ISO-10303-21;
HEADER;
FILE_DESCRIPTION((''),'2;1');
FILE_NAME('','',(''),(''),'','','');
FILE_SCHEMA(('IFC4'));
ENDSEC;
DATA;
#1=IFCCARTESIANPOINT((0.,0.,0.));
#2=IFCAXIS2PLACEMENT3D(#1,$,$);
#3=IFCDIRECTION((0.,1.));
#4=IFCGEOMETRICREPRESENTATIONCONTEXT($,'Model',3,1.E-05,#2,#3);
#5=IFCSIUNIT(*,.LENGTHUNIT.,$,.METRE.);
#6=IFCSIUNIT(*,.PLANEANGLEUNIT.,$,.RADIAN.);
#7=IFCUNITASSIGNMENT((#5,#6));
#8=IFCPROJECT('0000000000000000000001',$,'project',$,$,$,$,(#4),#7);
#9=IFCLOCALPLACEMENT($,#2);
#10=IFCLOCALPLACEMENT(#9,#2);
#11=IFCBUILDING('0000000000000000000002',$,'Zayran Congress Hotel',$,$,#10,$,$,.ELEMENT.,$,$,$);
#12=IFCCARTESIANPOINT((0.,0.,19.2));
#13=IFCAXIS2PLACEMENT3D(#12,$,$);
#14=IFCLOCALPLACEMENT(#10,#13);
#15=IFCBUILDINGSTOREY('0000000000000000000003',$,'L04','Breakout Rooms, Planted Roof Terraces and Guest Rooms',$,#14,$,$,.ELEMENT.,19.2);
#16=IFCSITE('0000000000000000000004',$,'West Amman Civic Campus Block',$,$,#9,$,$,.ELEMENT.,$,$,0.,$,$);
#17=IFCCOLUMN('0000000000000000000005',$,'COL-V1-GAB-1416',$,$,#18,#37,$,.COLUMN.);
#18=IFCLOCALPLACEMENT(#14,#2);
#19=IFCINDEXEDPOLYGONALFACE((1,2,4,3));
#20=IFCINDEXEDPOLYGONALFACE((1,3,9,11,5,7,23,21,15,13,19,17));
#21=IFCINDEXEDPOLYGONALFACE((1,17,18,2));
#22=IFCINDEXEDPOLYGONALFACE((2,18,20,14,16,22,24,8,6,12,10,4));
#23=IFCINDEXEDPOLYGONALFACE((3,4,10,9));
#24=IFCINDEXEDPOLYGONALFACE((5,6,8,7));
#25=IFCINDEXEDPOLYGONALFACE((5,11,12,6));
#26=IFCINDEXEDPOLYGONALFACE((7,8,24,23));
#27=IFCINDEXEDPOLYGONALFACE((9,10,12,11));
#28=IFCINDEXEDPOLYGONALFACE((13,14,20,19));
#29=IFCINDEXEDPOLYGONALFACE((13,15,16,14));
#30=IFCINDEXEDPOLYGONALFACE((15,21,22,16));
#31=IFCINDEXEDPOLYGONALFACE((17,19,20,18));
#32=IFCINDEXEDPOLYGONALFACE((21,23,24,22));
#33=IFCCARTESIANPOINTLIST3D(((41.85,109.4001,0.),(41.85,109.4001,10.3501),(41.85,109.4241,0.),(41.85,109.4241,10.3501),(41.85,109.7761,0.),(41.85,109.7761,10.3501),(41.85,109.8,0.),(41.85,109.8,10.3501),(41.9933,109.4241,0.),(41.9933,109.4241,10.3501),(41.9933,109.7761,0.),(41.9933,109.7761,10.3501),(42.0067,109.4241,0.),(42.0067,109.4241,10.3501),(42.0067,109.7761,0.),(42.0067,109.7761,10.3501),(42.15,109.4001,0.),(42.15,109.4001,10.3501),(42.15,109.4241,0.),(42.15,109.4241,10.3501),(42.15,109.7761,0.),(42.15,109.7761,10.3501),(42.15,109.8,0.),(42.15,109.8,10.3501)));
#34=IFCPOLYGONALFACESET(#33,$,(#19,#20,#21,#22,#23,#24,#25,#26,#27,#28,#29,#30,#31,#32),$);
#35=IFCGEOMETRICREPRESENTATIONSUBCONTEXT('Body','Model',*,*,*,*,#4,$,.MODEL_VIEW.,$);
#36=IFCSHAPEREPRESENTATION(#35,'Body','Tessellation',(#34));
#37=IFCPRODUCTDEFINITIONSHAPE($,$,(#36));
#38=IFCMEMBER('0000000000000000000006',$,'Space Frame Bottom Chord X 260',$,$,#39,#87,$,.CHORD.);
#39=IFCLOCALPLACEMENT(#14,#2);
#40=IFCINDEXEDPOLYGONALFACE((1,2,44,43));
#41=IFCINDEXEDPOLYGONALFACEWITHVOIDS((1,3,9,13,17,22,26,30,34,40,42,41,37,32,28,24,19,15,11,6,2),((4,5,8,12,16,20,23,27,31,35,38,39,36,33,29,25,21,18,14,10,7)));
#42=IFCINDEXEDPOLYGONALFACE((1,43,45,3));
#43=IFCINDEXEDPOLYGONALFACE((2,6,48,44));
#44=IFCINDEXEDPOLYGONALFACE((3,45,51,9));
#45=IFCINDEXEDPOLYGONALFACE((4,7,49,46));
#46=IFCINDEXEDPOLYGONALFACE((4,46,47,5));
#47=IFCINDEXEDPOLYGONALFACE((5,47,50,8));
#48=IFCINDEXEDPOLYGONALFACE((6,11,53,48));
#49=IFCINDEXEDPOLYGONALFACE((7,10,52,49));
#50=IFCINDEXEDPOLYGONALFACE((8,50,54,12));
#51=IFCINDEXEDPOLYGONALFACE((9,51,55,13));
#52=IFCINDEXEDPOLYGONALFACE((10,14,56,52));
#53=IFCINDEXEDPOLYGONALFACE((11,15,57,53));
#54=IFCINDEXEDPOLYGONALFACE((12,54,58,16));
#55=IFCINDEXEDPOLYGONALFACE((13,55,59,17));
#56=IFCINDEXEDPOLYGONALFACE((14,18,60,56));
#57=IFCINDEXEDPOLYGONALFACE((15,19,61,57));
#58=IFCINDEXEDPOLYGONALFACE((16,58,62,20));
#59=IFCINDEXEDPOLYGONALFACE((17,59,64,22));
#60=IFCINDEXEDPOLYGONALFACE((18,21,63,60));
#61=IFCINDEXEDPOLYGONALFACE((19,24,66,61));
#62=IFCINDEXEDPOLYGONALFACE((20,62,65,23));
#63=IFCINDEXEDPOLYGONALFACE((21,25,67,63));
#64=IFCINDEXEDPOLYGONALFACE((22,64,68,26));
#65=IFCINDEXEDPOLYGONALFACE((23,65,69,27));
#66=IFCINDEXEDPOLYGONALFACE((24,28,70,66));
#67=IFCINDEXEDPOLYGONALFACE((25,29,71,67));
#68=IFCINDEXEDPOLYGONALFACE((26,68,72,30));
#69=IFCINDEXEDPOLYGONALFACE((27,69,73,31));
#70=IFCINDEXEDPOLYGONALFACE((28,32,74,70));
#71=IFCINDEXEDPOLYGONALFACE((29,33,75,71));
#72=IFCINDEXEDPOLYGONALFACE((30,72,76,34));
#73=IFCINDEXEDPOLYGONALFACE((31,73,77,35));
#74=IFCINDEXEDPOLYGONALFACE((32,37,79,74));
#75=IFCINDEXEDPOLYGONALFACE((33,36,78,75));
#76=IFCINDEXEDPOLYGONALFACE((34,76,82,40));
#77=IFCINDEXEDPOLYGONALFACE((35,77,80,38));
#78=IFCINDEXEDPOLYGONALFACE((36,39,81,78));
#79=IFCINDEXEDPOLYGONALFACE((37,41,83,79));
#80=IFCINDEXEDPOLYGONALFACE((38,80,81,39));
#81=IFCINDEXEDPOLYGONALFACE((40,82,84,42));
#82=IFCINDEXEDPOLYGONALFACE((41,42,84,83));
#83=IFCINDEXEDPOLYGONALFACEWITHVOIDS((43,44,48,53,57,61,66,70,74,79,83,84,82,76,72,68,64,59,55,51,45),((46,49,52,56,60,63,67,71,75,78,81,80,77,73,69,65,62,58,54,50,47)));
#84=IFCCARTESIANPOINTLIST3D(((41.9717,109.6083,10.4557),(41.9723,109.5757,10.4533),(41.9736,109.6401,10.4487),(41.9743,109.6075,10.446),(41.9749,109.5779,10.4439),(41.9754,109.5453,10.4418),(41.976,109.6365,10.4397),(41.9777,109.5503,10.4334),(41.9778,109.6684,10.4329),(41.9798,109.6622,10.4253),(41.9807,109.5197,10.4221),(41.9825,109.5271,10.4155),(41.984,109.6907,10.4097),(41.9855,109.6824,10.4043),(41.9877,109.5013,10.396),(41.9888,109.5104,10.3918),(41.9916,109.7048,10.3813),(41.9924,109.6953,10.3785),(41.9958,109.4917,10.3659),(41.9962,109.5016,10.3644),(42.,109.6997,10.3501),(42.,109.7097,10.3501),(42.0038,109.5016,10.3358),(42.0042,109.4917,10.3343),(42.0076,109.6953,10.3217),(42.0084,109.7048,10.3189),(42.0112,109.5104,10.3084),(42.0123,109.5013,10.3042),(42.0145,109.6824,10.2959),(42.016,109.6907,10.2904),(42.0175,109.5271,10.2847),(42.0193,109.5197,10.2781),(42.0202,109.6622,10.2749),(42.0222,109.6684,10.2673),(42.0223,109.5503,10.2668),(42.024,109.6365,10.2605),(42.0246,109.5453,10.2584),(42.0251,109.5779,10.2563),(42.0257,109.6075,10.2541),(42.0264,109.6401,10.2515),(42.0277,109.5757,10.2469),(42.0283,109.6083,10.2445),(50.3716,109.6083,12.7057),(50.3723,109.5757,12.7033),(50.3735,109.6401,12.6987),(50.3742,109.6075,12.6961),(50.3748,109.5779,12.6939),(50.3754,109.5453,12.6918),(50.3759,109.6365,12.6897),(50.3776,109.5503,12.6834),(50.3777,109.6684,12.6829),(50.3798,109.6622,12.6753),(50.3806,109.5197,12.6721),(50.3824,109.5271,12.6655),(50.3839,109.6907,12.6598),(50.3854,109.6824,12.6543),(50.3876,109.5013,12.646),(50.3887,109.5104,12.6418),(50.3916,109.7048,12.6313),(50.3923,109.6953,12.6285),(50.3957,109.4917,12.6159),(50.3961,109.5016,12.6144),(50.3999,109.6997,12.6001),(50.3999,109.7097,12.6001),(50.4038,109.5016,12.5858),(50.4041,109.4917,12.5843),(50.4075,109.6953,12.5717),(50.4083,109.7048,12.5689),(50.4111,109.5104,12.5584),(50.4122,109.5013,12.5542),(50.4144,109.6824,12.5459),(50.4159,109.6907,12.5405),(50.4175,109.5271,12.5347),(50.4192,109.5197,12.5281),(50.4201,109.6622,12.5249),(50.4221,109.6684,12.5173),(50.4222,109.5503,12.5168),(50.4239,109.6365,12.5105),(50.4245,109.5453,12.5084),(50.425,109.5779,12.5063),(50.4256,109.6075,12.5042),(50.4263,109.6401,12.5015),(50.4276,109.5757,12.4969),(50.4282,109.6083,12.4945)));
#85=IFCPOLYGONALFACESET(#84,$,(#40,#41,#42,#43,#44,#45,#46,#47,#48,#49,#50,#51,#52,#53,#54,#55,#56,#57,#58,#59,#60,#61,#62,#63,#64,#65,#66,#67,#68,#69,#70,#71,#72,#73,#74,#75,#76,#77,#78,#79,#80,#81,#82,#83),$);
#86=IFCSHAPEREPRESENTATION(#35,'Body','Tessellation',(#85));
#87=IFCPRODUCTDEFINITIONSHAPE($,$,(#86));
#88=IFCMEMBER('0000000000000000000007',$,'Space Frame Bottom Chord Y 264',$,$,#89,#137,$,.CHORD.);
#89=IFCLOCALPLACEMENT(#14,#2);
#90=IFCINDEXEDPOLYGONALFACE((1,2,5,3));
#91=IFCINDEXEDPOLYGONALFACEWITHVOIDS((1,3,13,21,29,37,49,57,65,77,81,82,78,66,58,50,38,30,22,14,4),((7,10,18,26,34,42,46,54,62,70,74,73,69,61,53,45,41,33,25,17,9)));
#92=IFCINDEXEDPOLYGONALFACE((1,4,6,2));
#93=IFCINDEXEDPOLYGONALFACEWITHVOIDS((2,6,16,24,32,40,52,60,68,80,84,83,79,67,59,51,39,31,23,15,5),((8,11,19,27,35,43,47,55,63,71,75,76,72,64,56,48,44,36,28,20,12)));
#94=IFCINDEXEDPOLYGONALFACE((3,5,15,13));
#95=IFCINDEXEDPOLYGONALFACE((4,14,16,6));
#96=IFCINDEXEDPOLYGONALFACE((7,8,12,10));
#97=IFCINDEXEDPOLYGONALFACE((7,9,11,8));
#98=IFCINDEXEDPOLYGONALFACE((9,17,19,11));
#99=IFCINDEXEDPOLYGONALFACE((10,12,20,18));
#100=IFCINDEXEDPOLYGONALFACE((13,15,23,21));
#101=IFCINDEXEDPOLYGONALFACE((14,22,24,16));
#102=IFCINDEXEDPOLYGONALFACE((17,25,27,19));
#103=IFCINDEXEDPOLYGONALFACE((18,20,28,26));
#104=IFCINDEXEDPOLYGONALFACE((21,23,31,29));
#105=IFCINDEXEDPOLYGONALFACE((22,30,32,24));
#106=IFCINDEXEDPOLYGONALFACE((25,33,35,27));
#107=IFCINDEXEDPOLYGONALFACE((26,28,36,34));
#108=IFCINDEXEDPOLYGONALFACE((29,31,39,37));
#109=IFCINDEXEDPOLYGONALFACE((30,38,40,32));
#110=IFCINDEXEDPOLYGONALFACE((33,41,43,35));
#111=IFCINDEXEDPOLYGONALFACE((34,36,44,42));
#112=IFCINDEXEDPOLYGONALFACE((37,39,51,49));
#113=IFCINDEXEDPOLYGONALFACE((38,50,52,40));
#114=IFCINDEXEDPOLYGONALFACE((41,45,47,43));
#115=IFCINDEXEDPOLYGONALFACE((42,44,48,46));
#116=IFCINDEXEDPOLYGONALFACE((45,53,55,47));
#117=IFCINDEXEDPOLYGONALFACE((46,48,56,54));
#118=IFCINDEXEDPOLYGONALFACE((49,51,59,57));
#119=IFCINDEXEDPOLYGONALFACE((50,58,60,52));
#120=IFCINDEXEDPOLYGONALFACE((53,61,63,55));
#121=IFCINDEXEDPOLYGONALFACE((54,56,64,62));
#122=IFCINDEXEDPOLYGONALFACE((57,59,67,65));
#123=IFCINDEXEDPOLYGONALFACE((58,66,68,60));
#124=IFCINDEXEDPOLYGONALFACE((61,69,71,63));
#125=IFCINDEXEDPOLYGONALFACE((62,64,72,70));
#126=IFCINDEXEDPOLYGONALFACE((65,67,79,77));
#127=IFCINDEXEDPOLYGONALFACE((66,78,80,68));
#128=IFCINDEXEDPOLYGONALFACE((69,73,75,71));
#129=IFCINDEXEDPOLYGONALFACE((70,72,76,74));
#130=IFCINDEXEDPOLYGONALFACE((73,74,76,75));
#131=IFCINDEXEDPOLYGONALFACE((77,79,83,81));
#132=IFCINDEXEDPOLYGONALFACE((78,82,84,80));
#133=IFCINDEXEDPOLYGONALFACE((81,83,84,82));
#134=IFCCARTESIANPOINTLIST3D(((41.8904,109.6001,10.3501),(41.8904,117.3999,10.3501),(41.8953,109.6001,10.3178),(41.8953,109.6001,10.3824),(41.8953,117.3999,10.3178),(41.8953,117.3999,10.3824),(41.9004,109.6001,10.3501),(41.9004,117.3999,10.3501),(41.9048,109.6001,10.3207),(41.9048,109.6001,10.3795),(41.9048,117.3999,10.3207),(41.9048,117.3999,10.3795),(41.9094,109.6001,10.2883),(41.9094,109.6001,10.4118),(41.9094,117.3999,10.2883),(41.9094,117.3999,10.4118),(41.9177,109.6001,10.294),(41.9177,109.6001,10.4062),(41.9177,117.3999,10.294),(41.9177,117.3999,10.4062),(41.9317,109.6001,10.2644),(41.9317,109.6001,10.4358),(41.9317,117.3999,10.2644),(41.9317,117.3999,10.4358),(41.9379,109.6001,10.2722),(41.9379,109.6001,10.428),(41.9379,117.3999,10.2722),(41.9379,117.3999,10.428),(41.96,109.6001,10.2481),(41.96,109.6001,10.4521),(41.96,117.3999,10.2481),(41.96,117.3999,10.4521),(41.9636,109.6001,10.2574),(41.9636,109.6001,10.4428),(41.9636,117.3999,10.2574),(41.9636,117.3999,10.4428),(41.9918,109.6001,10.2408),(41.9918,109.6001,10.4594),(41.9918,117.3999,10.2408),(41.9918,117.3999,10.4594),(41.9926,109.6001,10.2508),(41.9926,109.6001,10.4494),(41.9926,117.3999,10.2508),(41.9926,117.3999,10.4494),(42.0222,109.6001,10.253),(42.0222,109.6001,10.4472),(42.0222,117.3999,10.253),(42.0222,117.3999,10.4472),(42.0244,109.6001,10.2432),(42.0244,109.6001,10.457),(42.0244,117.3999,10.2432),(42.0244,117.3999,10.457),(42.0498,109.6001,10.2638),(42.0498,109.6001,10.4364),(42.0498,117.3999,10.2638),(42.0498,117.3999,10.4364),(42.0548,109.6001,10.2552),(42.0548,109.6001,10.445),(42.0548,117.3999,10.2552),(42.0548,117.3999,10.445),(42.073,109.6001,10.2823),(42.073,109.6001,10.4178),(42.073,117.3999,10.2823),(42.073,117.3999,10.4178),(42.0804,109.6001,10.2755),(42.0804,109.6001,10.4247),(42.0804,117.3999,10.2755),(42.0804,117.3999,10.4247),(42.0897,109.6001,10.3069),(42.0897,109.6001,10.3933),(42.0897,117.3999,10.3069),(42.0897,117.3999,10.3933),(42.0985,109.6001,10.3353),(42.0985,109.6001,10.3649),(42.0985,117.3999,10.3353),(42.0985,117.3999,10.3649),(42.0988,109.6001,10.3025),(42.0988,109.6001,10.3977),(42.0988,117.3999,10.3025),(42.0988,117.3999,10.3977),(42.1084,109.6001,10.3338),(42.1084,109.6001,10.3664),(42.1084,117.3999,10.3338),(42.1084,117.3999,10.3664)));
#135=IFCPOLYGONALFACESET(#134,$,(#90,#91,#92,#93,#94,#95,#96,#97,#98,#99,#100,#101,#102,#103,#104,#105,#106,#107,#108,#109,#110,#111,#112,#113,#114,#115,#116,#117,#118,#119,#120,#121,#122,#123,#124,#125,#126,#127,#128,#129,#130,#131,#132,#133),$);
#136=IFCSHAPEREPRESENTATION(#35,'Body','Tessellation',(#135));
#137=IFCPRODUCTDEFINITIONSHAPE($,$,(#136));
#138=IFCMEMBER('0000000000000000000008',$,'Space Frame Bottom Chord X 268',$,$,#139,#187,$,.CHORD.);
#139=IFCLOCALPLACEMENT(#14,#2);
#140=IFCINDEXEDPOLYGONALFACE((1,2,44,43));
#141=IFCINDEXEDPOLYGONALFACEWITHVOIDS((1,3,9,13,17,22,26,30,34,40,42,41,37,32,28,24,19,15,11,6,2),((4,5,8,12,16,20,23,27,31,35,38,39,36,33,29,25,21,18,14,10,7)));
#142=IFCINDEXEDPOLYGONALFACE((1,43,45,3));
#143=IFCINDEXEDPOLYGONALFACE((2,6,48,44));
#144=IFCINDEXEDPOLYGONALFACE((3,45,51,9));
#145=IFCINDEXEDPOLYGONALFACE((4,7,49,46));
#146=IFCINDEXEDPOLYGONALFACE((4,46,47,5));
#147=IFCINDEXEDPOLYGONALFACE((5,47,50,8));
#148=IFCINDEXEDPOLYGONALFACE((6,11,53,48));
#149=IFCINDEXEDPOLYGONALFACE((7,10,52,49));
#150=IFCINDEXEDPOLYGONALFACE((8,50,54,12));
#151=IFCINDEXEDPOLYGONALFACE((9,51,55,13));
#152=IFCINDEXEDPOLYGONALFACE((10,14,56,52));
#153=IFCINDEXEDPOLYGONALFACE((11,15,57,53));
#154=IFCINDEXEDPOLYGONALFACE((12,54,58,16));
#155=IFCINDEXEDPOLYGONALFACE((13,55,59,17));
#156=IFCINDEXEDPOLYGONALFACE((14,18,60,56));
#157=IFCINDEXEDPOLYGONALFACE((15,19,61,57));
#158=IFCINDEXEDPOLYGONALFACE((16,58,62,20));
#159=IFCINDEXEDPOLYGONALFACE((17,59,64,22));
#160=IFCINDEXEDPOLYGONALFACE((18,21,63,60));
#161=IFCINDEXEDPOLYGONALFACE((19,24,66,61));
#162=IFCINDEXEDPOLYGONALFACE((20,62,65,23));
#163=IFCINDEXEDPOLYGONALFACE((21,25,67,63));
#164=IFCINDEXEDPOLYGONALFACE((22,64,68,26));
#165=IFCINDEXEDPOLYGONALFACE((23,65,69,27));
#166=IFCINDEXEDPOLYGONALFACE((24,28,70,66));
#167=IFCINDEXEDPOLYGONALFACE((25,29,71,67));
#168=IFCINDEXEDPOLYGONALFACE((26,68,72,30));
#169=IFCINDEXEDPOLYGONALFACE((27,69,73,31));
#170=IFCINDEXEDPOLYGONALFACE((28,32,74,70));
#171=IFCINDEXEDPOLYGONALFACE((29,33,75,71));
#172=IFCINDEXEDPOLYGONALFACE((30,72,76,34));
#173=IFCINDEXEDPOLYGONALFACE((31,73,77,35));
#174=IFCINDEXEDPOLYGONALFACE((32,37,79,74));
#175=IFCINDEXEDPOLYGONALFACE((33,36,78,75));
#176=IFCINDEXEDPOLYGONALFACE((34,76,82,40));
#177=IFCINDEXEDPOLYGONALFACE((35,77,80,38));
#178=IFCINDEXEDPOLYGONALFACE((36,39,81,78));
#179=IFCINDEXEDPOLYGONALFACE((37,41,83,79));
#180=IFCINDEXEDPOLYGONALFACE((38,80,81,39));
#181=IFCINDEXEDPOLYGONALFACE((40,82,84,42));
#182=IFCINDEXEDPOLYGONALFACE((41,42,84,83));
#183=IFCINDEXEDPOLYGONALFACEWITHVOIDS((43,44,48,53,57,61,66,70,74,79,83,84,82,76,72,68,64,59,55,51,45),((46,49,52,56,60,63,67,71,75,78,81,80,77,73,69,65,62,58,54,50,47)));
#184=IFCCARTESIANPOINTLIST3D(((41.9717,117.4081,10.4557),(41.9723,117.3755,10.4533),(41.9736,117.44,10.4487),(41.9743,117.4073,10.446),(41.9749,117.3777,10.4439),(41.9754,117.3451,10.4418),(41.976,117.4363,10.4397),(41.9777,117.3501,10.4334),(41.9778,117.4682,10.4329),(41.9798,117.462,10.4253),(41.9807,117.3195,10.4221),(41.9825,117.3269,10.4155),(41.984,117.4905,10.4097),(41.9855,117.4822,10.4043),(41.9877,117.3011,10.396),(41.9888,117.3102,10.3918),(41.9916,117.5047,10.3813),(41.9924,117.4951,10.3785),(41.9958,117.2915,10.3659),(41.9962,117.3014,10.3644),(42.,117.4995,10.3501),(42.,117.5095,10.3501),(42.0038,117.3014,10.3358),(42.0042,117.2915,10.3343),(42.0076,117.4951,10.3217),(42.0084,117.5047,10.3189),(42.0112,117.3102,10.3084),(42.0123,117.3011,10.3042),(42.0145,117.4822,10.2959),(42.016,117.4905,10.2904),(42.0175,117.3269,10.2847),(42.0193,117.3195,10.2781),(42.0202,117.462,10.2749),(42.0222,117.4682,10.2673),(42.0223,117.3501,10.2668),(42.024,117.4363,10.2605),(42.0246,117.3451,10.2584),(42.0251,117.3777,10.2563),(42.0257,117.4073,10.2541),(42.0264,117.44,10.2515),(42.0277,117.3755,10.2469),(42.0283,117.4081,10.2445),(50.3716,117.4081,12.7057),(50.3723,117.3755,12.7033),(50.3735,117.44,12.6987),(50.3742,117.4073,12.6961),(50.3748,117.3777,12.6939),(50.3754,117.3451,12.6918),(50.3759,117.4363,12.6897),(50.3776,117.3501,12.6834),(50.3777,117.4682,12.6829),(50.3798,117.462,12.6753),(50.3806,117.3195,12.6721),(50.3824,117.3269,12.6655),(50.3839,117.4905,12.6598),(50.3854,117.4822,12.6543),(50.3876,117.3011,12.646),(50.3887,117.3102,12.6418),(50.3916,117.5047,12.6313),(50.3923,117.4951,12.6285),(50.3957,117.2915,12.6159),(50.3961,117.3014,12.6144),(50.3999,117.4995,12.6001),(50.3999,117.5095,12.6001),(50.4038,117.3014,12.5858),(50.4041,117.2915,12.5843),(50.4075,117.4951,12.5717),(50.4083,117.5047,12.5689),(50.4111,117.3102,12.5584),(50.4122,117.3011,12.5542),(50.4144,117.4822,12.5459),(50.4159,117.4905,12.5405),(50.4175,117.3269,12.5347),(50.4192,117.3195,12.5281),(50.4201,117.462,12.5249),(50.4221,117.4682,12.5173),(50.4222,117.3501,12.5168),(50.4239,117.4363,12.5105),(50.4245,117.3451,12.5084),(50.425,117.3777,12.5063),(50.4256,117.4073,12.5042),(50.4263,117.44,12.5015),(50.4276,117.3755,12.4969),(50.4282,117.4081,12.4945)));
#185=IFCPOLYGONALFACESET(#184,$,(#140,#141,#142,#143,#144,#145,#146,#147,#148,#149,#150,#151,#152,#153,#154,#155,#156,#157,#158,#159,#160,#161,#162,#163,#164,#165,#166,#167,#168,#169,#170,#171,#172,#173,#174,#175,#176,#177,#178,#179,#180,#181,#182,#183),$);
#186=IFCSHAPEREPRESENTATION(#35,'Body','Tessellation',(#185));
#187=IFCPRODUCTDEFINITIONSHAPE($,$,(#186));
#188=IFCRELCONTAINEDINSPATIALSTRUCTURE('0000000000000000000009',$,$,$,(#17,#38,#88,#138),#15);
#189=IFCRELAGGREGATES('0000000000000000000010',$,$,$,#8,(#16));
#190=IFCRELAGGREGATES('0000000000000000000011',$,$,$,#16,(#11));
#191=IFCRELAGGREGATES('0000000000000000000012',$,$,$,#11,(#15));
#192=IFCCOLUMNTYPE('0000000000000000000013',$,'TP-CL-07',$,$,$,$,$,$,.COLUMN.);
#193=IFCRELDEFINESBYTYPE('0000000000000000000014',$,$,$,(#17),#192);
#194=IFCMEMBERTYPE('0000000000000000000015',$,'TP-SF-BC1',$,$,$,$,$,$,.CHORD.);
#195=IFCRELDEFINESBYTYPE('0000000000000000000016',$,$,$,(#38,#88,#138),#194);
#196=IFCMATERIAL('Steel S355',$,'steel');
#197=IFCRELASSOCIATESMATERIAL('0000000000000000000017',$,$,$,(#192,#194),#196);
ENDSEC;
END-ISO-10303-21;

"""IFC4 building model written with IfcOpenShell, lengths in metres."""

from ifc_helpers import new_model, si_unit, direction, frame, origin, origin_2d, place, context, subcontext, project, spatial, hollow_circle, i_section, extrude, material, material_profile, profile_set, type_object, element, save


model = new_model("IFC4")

# Units and contexts
model_context = context("Model", 3, precision=1e-05, world=origin(), true_north=direction((0.0, 1.0)))
body_context = subcontext(model_context, "Body", "Model", "MODEL_VIEW")
ifc_project = project(units=[si_unit("LENGTHUNIT", "METRE"), si_unit("PLANEANGLEUNIT", "RADIAN")], contexts=[model_context])

# Site, building, storey
site_placement = place(None, origin())
site = spatial("IfcSite", under=ifc_project, at=site_placement, Name="West Amman Civic Campus Block", CompositionType="ELEMENT", RefElevation=0.0)
building_placement = place(site_placement, origin())
building = spatial("IfcBuilding", under=site, at=building_placement, Name="Zayran Congress Hotel", CompositionType="ELEMENT")
storey_placement = place(building_placement, frame((0.0, 0.0, 19.2)))
storey = spatial("IfcBuildingStorey", under=building, at=storey_placement, Name="L04", Description="Breakout Rooms, Planted Roof Terraces and Guest Rooms", CompositionType="ELEMENT", Elevation=19.2)

# Column
ifc_material_1 = material(Name="Steel S355", Category="steel")
ifc_material_profile_1 = material_profile(ifc_material_1, i_section(OverallWidth=0.3, OverallDepth=0.3999, WebThickness=0.0134, FlangeThickness=0.0239, at=origin_2d()), Name="HEB 400")
ifc_profile_set_1 = profile_set([ifc_material_profile_1], Name="Steel S355")
column_type = type_object("IfcColumnType", Name="TP-CL-07", PredefinedType="COLUMN", material=ifc_profile_set_1)
column_placement = place(storey_placement, frame((42.0, 109.6001, 0.0), z_axis=(0.0, 0.0, 1.0), x_axis=(1.0, 0.0, 0.0)))
element("IfcColumn", 1, at=column_placement, inside=storey, type_object=column_type, Name="COL-V1-GAB-1416", PredefinedType="COLUMN", context=body_context, shape_type="SweptSolid", body=[
    extrude(i_section(OverallWidth=0.3, OverallDepth=0.3999, WebThickness=0.0134, FlangeThickness=0.0239, at=origin_2d()), origin(), (0.0, 0.0, 1.0), 10.3501),
])

# Members
ifc_material_profile_2 = material_profile(ifc_material_1, hollow_circle(Radius=0.1096, WallThickness=0.01, at=origin_2d()), Name="CHS 219.1x10")
ifc_profile_set_2 = profile_set([ifc_material_profile_2], Name="Steel S355")
member_type_1 = type_object("IfcMemberType", Name="TP-SF-BC1", PredefinedType="CHORD", material=ifc_profile_set_2)
member_1_placement = place(storey_placement, frame((42.0, 109.6001, 10.3501), z_axis=(0.965947, 0.0, 0.258739), x_axis=(0.0, 1.0, 0.0)))
element("IfcMember", 2, at=member_1_placement, inside=storey, type_object=member_type_1, Name="Space Frame Bottom Chord X 260", PredefinedType="CHORD", context=body_context, shape_type="SweptSolid", body=[
    extrude(hollow_circle(Radius=0.1096, WallThickness=0.01, at=origin_2d()), origin(), (0.0, 0.0, 1.0), 8.696),
])
member_2_placement = place(storey_placement, frame((42.0, 109.6001, 10.3501), z_axis=(0.0, 1.0, 0.0), x_axis=(-1.0, 0.0, 0.0)))
element("IfcMember", 3, at=member_2_placement, inside=storey, type_object=member_type_1, Name="Space Frame Bottom Chord Y 264", PredefinedType="CHORD", context=body_context, shape_type="SweptSolid", body=[
    extrude(hollow_circle(Radius=0.1096, WallThickness=0.01, at=origin_2d()), origin(), (0.0, 0.0, 1.0), 7.7998),
])
member_3_placement = place(storey_placement, frame((42.0, 117.3999, 10.3501), z_axis=(0.965947, 0.0, 0.258739), x_axis=(0.0, 1.0, 0.0)))
element("IfcMember", 4, at=member_3_placement, inside=storey, type_object=member_type_1, Name="Space Frame Bottom Chord X 268", PredefinedType="CHORD", context=body_context, shape_type="SweptSolid", body=[
    extrude(hollow_circle(Radius=0.1096, WallThickness=0.01, at=origin_2d()), origin(), (0.0, 0.0, 1.0), 8.696),
])

save(model, "model.ifc")
